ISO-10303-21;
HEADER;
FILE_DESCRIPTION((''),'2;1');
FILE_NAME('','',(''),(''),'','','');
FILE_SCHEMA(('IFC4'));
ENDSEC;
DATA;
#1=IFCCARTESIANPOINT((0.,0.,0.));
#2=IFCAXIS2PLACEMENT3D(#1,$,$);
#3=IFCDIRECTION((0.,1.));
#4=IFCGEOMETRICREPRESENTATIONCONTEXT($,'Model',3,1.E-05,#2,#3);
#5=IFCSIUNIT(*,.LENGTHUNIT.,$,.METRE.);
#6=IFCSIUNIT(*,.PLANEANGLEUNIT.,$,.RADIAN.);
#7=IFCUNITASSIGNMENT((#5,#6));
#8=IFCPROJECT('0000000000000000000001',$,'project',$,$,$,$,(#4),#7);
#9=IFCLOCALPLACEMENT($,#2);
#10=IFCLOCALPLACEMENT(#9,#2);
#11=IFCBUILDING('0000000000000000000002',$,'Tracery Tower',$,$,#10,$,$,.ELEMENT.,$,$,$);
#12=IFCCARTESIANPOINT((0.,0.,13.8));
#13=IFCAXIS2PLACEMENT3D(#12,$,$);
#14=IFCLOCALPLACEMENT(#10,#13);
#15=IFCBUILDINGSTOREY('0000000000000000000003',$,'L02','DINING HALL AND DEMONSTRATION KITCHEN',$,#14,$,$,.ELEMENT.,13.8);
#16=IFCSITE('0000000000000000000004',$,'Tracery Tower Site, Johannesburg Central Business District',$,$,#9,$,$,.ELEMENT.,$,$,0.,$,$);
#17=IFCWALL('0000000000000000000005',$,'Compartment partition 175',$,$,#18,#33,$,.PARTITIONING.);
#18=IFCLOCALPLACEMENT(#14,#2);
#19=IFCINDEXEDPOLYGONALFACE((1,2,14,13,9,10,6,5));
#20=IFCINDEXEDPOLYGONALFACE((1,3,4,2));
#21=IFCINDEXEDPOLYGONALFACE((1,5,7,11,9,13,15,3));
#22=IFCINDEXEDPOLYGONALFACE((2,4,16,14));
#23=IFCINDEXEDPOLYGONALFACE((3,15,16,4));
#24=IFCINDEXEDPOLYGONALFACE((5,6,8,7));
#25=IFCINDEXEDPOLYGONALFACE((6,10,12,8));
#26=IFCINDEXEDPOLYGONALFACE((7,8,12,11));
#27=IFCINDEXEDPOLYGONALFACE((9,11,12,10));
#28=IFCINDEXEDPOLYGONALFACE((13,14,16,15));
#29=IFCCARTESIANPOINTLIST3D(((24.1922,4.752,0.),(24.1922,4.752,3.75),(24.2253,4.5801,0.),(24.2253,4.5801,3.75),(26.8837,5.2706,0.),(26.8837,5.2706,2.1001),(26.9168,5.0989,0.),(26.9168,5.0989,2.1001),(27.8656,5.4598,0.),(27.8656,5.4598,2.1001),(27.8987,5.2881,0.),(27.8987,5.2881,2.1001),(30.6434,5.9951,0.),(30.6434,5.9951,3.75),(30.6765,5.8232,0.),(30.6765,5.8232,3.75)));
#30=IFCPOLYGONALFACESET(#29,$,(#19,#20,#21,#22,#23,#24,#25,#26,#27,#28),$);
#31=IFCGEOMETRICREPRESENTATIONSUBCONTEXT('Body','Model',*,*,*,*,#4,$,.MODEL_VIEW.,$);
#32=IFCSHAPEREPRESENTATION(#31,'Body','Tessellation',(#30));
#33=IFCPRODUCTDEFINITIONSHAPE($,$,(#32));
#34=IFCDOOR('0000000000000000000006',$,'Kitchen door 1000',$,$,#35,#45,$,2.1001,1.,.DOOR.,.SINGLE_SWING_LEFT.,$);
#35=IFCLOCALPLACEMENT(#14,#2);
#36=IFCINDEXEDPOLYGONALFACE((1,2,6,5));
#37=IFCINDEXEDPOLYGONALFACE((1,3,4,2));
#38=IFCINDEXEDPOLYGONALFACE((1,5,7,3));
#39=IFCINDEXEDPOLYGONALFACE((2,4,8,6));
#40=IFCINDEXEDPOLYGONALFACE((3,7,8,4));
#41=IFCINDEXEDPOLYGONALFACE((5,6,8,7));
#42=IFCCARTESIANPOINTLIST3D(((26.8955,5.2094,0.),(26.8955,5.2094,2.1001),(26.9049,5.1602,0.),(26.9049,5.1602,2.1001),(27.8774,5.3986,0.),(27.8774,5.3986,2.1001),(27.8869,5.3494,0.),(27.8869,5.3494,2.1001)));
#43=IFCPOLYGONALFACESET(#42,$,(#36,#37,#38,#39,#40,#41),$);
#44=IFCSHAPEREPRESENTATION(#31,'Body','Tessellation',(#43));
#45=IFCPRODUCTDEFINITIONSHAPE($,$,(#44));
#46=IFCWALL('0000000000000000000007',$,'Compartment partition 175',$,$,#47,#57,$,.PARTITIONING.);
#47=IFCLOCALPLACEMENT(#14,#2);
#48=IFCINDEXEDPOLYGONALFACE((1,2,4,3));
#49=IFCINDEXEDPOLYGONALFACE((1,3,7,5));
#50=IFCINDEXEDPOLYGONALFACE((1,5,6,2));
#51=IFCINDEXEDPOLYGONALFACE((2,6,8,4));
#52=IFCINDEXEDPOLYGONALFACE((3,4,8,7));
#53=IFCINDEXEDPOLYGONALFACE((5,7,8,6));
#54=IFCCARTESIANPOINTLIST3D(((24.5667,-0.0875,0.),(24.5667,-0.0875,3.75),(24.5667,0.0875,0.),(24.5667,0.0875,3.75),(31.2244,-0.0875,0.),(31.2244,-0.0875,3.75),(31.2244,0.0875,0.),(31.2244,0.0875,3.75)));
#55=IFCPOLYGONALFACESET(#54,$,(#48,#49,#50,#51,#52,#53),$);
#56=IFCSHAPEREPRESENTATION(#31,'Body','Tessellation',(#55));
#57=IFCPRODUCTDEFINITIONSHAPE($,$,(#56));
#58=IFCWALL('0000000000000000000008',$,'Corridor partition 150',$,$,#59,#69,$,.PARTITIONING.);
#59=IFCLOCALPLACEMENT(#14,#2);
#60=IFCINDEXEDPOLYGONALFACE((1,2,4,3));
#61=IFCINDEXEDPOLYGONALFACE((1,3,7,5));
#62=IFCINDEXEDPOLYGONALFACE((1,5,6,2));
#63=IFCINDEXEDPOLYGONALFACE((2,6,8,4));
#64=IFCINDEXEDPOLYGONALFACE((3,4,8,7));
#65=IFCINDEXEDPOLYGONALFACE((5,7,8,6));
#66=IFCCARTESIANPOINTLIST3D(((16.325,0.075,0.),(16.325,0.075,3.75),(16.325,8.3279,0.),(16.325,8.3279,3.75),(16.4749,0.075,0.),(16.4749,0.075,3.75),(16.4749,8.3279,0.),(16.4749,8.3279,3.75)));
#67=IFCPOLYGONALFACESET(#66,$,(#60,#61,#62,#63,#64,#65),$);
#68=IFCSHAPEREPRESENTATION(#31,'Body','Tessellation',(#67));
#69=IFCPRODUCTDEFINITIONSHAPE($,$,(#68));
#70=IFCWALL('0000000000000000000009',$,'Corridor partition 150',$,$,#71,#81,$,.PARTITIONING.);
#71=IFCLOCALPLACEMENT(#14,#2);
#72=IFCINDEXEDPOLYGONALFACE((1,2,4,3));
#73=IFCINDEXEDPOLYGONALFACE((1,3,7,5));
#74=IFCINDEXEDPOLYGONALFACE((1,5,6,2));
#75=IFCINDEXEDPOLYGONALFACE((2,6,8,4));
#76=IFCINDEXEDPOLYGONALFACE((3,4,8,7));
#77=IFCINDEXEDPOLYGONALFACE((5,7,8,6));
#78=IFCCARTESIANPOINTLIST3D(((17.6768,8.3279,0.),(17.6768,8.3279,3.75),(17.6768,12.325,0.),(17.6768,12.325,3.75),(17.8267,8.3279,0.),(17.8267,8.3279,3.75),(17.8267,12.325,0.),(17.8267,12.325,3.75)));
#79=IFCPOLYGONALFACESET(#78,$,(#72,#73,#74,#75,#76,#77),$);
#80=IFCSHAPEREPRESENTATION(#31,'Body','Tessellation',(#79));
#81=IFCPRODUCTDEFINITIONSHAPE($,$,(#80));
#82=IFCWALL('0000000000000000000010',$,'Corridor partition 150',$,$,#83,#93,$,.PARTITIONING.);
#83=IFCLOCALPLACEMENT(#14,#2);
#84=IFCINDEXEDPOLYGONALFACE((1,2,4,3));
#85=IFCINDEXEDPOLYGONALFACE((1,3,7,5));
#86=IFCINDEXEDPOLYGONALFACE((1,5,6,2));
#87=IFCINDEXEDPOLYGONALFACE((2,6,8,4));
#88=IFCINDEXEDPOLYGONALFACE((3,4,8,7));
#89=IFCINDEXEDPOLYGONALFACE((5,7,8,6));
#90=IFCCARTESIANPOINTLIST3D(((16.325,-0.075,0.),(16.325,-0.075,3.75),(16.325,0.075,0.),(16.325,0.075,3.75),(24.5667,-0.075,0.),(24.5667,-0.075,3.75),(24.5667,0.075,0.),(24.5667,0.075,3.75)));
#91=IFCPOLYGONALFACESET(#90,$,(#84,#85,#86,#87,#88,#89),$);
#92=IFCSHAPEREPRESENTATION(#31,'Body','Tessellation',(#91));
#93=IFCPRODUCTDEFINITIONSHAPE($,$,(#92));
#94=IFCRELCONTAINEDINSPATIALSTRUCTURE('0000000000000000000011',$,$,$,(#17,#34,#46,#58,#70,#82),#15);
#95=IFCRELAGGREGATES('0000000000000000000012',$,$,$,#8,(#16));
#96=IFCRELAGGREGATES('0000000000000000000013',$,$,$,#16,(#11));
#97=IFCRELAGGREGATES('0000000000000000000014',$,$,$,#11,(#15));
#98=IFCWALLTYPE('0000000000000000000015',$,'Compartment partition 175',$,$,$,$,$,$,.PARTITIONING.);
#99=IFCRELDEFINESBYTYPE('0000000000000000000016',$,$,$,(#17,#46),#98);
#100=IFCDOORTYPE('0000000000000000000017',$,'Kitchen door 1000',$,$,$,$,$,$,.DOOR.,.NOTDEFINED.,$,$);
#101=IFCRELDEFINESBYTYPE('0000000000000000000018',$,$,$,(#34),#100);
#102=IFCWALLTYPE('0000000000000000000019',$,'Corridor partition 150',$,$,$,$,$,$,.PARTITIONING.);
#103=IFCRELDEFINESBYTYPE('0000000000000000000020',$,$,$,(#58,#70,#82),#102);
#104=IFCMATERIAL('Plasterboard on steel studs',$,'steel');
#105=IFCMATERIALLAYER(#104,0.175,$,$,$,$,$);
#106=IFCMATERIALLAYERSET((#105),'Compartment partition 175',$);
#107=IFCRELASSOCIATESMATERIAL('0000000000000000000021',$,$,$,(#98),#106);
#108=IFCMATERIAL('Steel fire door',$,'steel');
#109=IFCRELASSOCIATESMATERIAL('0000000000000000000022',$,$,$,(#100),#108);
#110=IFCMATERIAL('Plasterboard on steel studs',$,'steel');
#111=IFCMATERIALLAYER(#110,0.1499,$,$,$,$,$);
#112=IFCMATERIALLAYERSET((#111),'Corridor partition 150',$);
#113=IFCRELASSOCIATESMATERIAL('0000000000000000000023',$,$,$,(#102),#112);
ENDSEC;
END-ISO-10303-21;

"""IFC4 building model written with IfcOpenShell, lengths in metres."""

from ifc_helpers import new_model, si_unit, direction, frame, frame_2d, origin, place, context, subcontext, project, spatial, rectangle, extrude, material, layer, layer_set, type_object, element, fill, save


model = new_model("IFC4")

# Units and contexts
model_context = context("Model", 3, precision=1e-05, world=origin(), true_north=direction((0.0, 1.0)))
body_context = subcontext(model_context, "Body", "Model", "MODEL_VIEW")
ifc_project = project(units=[si_unit("LENGTHUNIT", "METRE"), si_unit("PLANEANGLEUNIT", "RADIAN")], contexts=[model_context])

# Site, building, storey
site_placement = place(None, origin())
site = spatial("IfcSite", under=ifc_project, at=site_placement, Name="Tracery Tower Site, Johannesburg Central Business District", CompositionType="ELEMENT", RefElevation=0.0)
building_placement = place(site_placement, origin())
building = spatial("IfcBuilding", under=site, at=building_placement, Name="Tracery Tower", CompositionType="ELEMENT")
storey_placement = place(building_placement, frame((0.0, 0.0, 13.8)))
storey = spatial("IfcBuildingStorey", under=building, at=storey_placement, Name="L02", Description="DINING HALL AND DEMONSTRATION KITCHEN", CompositionType="ELEMENT", Elevation=13.8)

# Shared definitions
ifc_material_1 = material(Name="Plasterboard on steel studs", Category="steel")
ifc_layer_1 = layer(ifc_material_1, 0.175)
ifc_layer_set_1 = layer_set([ifc_layer_1], Name="Compartment partition 175")
wall_type_1 = type_object("IfcWallType", Name="Compartment partition 175", PredefinedType="PARTITIONING", material=ifc_layer_set_1)

# Shared definitions
ifc_material_2 = material(Name="Steel fire door", Category="steel")
door_type = type_object("IfcDoorType", Name="Kitchen door 1000", OperationType="NOTDEFINED", PredefinedType="DOOR", material=ifc_material_2)

# Wall, opening, door
wall_1_placement = place(storey_placement, frame((30.6599, 5.9092, 0.0), z_axis=(0.0, 0.0, 1.0), x_axis=(-0.981934, -0.189222, 0.0)))
wall_1 = element("IfcWall", 1, at=wall_1_placement, inside=storey, type_object=wall_type_1, Name="Compartment partition 175", PredefinedType="PARTITIONING", context=body_context, shape_type="SweptSolid", body=[
    extrude(rectangle(XDim=6.5698, YDim=0.175, at=frame_2d((3.2849, 0.0))), origin(), (0.0, 0.0, 1.0), 3.75),
])
opening_1_placement = place(wall_1_placement, frame((2.8289, 0.0, 0.0)))
opening_1 = element("IfcOpeningElement", 2, at=opening_1_placement, cuts=wall_1, PredefinedType="OPENING", context=body_context, shape_type="SweptSolid", body=[
    extrude(rectangle(XDim=1.0, YDim=2.1001, at=frame_2d((0.5, 1.05))), frame((0.0, 0.0874, 0.0), z_axis=(0.0, -1.0, 0.0), x_axis=(1.0, 0.0, 0.0)), (0.0, 0.0, 1.0), 0.175),
])
door_1_placement = place(opening_1_placement, origin())
door_1 = element("IfcDoor", 3, at=door_1_placement, inside=storey, type_object=door_type, Name="Kitchen door 1000", OperationType="SINGLE_SWING_LEFT", OverallHeight=2.1001, OverallWidth=1.0, PredefinedType="DOOR", context=body_context, shape_type="SweptSolid", body=[
    extrude(rectangle(XDim=1.0, YDim=2.1001, at=frame_2d((0.5, 1.05))), frame((0.0, 0.0249, 0.0), z_axis=(0.0, -1.0, 0.0), x_axis=(1.0, 0.0, 0.0)), (0.0, 0.0, 1.0), 0.05),
])
fill(opening_1, door_1)

# Walls
wall_2_placement = place(storey_placement, frame((31.2244, 0.0, 0.0), z_axis=(0.0, 0.0, 1.0), x_axis=(-1.0, 0.0, 0.0)))
element("IfcWall", 4, at=wall_2_placement, inside=storey, type_object=wall_type_1, Name="Compartment partition 175", PredefinedType="PARTITIONING", context=body_context, shape_type="SweptSolid", body=[
    extrude(rectangle(XDim=6.6577, YDim=0.175, at=frame_2d((3.3289, 0.0))), origin(), (0.0, 0.0, 1.0), 3.75),
])
ifc_material_3 = material(Name="Plasterboard on steel studs", Category="steel")
ifc_layer_2 = layer(ifc_material_3, 0.1499)
ifc_layer_set_2 = layer_set([ifc_layer_2], Name="Corridor partition 150")
wall_type_2 = type_object("IfcWallType", Name="Corridor partition 150", PredefinedType="PARTITIONING", material=ifc_layer_set_2)
wall_3_placement = place(storey_placement, frame((16.3999, 0.075, 0.0), z_axis=(0.0, 0.0, 1.0), x_axis=(0.0, 1.0, 0.0)))
element("IfcWall", 5, at=wall_3_placement, inside=storey, type_object=wall_type_2, Name="Corridor partition 150", PredefinedType="PARTITIONING", context=body_context, shape_type="SweptSolid", body=[
    extrude(rectangle(XDim=8.2529, YDim=0.1499, at=frame_2d((4.1265, 0.0))), origin(), (0.0, 0.0, 1.0), 3.75),
])
wall_4_placement = place(storey_placement, frame((17.7517, 8.3279, 0.0), z_axis=(0.0, 0.0, 1.0), x_axis=(0.0, 1.0, 0.0)))
element("IfcWall", 6, at=wall_4_placement, inside=storey, type_object=wall_type_2, Name="Corridor partition 150", PredefinedType="PARTITIONING", context=body_context, shape_type="SweptSolid", body=[
    extrude(rectangle(XDim=3.9971, YDim=0.1499, at=frame_2d((1.9985, 0.0))), origin(), (0.0, 0.0, 1.0), 3.75),
])
wall_5_placement = place(storey_placement, frame((24.5667, 0.0, 0.0), z_axis=(0.0, 0.0, 1.0), x_axis=(-1.0, 0.0, 0.0)))
element("IfcWall", 7, at=wall_5_placement, inside=storey, type_object=wall_type_2, Name="Corridor partition 150", PredefinedType="PARTITIONING", context=body_context, shape_type="SweptSolid", body=[
    extrude(rectangle(XDim=8.2417, YDim=0.1499, at=frame_2d((4.1208, 0.0))), origin(), (0.0, 0.0, 1.0), 3.75),
])

save(model, "model.ifc")
